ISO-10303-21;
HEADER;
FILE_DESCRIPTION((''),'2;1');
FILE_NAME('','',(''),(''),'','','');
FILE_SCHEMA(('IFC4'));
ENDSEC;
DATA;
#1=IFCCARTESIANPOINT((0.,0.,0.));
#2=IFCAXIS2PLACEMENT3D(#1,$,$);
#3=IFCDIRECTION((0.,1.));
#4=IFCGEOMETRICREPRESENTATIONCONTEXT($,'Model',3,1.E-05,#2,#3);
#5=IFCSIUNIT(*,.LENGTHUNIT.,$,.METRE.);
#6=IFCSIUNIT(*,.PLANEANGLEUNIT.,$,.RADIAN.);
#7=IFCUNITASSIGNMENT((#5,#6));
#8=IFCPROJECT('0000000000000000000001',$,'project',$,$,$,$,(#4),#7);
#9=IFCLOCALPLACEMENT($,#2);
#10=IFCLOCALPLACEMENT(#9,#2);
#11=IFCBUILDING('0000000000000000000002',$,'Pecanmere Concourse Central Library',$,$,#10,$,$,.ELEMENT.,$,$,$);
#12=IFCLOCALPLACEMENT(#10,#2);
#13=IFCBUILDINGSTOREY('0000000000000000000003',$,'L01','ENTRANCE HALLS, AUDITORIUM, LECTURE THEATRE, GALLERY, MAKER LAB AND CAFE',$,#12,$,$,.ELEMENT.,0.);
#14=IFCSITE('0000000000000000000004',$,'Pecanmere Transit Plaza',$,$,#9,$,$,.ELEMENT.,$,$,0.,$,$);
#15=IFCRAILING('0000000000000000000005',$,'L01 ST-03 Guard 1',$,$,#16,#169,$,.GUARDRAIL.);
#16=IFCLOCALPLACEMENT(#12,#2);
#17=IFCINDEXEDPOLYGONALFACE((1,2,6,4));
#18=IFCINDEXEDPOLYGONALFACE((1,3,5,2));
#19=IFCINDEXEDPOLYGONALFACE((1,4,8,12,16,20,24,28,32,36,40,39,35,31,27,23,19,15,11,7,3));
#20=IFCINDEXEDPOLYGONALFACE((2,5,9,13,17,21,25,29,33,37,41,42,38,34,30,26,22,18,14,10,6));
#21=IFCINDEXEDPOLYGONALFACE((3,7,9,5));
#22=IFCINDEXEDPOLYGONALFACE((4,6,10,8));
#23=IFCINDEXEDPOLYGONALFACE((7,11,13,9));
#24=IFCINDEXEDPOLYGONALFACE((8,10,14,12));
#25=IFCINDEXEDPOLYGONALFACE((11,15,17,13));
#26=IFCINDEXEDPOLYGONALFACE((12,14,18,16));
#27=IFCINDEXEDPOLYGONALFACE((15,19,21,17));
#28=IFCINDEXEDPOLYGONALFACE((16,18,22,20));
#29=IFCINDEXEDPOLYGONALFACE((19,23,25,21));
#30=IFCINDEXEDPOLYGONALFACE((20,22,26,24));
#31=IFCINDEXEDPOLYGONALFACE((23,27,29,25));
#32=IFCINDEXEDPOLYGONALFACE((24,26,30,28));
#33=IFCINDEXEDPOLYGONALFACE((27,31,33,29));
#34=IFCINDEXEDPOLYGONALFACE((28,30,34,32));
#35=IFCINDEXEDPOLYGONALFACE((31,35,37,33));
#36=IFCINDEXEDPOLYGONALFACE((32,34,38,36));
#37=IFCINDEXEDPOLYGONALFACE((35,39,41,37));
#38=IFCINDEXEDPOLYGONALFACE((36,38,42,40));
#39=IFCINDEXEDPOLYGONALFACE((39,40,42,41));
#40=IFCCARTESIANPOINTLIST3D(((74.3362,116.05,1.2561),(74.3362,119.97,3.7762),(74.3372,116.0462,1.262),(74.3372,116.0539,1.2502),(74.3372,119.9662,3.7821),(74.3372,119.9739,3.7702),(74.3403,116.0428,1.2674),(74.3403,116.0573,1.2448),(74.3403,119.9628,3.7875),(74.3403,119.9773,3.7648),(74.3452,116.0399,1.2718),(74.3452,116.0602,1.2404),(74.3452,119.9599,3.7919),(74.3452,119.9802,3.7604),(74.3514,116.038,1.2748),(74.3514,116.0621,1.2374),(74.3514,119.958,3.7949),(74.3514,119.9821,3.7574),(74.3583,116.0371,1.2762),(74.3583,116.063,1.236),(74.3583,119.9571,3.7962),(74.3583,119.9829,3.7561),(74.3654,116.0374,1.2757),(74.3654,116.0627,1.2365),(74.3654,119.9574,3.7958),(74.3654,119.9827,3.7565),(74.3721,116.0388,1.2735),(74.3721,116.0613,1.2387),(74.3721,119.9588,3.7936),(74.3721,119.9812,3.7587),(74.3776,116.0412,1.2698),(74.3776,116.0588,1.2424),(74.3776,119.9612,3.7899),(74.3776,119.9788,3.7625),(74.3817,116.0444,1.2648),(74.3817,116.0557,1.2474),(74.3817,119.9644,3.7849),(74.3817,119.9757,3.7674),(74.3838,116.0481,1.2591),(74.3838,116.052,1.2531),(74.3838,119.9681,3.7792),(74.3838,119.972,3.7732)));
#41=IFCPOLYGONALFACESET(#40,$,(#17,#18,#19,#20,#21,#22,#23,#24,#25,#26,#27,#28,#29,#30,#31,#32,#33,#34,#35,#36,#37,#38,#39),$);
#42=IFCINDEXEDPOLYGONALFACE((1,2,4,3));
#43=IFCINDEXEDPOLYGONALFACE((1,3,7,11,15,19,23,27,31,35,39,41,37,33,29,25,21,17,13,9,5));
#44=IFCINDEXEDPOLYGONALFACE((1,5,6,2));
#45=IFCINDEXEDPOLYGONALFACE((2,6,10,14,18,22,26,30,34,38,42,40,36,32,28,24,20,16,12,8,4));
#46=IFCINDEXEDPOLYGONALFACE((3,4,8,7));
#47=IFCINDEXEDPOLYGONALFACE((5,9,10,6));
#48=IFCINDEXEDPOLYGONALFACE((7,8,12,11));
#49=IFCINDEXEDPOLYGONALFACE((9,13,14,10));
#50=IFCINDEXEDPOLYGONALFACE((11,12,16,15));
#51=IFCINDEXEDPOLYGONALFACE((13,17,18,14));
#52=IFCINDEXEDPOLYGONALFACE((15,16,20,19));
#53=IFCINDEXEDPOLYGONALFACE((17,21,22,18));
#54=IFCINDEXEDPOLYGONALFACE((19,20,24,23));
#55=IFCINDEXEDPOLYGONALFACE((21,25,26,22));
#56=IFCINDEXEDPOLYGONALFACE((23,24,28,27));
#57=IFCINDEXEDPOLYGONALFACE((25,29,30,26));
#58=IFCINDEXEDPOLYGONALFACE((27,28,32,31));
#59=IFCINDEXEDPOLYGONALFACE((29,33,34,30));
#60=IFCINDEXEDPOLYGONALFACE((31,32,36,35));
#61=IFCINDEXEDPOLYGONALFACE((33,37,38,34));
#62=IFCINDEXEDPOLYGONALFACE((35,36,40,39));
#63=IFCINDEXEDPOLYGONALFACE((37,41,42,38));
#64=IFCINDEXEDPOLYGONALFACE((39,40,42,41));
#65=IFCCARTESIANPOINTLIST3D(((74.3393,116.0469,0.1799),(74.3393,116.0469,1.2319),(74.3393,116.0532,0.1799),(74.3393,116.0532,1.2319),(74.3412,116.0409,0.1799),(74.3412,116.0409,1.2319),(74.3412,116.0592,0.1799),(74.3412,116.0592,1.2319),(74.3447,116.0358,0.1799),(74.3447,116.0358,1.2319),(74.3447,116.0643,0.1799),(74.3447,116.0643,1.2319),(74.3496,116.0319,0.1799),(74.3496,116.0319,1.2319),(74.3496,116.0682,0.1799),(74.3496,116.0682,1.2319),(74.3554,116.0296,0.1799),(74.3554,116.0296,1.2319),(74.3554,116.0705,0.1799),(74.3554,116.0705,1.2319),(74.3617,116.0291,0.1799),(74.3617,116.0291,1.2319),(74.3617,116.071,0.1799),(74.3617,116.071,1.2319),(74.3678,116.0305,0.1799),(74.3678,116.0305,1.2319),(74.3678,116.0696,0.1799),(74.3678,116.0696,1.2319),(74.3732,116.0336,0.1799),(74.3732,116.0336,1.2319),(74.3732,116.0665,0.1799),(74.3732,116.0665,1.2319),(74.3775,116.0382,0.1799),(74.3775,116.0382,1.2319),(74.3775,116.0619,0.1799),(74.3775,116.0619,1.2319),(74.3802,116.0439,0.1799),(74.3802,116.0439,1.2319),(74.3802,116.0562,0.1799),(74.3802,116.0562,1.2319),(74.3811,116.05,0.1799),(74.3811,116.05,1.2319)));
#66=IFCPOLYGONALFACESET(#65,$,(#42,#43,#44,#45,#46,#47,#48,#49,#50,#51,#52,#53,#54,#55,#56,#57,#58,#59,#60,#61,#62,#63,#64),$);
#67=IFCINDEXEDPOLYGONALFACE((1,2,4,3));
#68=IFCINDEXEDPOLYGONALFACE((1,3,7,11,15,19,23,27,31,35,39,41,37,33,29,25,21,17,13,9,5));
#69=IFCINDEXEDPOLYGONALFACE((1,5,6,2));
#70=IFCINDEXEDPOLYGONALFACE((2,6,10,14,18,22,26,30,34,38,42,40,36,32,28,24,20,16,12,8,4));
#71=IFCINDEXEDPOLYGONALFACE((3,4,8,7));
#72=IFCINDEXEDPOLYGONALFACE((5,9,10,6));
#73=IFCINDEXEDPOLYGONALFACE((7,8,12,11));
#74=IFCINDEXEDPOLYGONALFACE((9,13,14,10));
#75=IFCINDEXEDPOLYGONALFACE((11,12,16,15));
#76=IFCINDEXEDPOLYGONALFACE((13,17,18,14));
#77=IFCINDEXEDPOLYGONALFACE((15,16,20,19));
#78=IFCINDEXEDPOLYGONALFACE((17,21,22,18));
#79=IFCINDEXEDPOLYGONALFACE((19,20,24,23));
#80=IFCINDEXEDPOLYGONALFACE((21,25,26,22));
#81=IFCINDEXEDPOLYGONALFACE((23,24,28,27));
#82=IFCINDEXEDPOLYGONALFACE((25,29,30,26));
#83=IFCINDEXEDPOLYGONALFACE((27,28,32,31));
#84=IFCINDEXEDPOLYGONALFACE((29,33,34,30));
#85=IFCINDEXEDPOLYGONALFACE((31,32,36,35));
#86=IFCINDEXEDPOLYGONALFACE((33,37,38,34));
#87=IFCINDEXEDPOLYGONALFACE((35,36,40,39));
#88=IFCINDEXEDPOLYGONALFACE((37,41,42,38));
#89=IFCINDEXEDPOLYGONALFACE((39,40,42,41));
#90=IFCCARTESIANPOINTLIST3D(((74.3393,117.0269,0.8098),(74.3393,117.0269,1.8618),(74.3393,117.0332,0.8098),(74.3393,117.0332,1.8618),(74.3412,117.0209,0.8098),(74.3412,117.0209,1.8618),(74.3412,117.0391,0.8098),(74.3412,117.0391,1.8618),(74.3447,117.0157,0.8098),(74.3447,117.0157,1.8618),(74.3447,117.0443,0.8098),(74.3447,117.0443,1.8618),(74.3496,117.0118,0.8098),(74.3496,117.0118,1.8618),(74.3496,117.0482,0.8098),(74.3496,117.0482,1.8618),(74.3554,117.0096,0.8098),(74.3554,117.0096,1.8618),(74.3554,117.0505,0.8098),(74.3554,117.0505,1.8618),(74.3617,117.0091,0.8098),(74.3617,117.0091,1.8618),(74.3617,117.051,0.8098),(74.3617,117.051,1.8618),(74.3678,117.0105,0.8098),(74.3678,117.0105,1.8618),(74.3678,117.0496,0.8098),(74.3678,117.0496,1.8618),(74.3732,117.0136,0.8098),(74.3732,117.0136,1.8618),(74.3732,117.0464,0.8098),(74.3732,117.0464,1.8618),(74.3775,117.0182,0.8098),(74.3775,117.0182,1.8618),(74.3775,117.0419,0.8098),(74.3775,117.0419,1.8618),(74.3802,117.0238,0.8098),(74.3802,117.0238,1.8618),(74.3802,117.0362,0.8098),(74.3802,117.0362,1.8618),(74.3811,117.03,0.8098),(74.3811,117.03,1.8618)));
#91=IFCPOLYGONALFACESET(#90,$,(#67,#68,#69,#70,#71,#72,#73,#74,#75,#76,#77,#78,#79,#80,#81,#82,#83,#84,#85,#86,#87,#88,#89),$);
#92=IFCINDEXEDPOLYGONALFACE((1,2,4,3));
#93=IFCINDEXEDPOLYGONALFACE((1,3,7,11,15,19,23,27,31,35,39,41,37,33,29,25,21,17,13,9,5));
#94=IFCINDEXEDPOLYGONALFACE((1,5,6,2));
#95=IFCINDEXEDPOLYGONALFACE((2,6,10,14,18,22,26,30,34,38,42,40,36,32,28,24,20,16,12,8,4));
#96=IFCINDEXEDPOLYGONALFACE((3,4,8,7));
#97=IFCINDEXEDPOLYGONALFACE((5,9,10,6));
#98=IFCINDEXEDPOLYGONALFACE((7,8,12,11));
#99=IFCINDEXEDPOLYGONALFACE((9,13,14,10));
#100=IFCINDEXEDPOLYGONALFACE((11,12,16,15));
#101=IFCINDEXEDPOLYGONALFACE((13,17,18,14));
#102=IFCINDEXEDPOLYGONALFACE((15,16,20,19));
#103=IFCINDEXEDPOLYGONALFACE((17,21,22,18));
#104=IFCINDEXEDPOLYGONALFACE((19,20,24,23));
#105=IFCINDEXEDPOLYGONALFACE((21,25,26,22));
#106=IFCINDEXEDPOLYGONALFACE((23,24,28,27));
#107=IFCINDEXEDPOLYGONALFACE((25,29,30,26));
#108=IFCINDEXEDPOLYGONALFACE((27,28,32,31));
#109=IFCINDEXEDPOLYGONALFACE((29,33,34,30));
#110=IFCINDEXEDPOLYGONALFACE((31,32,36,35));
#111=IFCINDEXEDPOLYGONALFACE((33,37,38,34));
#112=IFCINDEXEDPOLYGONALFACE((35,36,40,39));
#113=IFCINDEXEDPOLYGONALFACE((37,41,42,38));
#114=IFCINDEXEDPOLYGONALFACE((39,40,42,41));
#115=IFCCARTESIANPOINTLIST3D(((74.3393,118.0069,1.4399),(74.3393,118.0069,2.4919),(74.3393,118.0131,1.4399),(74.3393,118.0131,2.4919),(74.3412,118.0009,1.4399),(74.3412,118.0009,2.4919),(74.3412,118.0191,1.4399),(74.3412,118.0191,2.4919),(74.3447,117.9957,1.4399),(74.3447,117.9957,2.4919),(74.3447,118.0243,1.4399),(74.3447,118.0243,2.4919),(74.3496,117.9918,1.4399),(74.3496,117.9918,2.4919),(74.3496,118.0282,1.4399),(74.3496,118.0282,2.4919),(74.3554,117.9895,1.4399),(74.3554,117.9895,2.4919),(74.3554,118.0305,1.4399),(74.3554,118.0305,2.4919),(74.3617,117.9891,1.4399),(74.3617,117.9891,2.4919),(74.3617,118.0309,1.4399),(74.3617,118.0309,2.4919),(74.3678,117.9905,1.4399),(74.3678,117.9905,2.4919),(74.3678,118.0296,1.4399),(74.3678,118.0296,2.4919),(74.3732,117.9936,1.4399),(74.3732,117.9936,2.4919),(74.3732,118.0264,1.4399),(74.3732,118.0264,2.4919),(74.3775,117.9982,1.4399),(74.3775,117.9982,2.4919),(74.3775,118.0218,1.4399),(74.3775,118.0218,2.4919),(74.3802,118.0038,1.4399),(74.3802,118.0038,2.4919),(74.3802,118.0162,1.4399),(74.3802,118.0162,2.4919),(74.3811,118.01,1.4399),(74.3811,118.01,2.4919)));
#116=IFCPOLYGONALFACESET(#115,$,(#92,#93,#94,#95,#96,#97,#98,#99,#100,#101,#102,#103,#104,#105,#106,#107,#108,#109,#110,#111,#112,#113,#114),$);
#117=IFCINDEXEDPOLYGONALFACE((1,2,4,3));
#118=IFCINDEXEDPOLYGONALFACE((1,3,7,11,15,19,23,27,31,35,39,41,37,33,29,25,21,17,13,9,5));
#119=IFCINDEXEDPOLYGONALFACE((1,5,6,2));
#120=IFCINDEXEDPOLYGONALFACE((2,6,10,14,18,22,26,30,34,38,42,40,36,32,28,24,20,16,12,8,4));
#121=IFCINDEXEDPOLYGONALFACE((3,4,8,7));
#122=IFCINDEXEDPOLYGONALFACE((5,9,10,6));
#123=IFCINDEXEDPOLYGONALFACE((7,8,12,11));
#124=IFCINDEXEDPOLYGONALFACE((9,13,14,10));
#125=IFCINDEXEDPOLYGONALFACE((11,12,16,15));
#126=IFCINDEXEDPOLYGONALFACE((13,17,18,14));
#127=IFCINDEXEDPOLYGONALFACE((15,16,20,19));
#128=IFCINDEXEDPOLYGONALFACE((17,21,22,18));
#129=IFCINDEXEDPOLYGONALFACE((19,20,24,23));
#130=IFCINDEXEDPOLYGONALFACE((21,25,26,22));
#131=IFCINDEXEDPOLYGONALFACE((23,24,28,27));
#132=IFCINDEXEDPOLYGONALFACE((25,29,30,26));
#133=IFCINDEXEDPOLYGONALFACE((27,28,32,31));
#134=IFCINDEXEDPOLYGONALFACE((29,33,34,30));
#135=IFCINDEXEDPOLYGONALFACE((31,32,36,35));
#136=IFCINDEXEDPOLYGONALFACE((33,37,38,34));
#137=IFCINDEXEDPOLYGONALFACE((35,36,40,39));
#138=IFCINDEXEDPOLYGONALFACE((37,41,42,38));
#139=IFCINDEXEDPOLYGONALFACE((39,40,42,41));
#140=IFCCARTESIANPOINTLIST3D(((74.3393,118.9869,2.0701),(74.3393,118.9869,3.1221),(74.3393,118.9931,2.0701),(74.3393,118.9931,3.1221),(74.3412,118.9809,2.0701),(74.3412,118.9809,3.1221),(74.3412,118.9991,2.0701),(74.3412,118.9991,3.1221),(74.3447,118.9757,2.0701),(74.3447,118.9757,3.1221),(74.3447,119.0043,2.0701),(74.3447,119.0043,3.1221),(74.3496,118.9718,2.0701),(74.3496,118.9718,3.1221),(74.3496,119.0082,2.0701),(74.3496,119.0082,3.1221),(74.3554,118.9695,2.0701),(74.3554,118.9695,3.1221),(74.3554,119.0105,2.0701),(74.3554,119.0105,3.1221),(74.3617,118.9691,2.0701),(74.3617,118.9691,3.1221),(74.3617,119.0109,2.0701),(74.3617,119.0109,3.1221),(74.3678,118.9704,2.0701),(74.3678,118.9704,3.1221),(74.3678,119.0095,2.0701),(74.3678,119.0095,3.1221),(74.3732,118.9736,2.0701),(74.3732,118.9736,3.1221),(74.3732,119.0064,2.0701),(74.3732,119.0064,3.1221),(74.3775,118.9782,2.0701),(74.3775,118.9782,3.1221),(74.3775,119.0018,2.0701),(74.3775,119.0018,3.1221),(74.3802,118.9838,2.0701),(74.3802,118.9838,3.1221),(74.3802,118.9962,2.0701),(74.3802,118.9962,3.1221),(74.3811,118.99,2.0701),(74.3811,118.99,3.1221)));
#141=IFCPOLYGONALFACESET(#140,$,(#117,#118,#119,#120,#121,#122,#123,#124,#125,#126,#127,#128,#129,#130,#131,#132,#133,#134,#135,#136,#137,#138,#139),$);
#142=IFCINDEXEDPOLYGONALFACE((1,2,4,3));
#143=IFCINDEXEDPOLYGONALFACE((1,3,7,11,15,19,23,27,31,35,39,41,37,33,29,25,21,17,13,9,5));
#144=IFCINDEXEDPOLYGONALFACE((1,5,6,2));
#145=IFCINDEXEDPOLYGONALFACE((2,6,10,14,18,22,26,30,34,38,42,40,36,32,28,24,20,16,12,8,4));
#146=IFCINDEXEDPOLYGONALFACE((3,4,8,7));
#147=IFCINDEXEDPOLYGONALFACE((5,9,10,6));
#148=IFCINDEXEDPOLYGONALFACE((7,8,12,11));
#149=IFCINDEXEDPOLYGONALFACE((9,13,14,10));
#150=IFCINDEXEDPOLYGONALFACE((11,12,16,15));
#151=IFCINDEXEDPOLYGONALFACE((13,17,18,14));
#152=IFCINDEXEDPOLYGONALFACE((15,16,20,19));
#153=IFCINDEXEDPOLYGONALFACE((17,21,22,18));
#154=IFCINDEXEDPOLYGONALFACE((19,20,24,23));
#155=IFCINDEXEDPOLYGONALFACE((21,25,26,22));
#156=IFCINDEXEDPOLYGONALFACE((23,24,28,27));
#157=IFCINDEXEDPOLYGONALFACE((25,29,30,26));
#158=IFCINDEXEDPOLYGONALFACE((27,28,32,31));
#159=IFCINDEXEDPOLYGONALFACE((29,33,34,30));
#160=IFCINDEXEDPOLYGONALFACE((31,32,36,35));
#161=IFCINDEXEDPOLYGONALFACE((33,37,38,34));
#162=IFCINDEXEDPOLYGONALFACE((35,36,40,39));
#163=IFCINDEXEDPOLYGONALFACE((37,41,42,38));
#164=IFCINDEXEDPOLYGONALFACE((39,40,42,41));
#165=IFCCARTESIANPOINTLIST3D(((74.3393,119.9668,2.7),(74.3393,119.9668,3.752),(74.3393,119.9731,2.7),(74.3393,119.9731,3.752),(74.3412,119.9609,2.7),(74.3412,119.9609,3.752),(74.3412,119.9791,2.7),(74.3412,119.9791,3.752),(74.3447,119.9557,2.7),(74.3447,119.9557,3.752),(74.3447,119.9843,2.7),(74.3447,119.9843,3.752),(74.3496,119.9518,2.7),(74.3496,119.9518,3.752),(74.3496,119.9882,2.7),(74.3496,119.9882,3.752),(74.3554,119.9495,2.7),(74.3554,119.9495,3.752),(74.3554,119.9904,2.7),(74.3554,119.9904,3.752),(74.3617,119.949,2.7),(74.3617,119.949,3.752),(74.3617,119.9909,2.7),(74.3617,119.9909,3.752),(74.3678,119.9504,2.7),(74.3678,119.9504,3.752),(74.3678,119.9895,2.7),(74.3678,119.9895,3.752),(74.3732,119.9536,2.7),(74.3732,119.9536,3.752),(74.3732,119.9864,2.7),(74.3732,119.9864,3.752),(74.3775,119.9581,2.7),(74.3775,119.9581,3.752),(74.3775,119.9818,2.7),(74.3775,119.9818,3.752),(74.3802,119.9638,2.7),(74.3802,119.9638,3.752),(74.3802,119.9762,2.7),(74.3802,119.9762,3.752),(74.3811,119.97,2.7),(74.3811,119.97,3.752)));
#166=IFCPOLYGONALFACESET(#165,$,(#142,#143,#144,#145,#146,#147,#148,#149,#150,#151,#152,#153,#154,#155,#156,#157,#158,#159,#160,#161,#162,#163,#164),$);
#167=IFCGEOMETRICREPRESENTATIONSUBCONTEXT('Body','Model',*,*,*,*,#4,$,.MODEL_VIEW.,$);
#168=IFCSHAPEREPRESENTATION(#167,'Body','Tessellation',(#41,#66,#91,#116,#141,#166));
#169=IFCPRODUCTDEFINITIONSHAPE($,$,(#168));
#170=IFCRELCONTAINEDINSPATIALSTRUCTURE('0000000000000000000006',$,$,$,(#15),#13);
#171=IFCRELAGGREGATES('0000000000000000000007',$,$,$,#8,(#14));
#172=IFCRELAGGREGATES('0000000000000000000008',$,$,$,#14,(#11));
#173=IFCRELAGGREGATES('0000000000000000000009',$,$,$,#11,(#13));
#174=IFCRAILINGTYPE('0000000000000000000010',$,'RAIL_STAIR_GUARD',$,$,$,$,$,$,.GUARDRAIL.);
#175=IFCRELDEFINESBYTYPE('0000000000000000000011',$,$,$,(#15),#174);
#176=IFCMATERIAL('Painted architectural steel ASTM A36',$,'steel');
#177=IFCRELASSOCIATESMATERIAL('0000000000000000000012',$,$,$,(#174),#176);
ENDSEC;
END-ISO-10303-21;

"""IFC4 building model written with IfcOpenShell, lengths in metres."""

from ifc_helpers import new_model, si_unit, direction, frame, origin, origin_2d, place, context, subcontext, project, spatial, circle, extrude, material, type_object, element, save


model = new_model("IFC4")

# Units and contexts
model_context = context("Model", 3, precision=1e-05, world=origin(), true_north=direction((0.0, 1.0)))
body_context = subcontext(model_context, "Body", "Model", "MODEL_VIEW")
ifc_project = project(units=[si_unit("LENGTHUNIT", "METRE"), si_unit("PLANEANGLEUNIT", "RADIAN")], contexts=[model_context])

# Site, building, storey
site_placement = place(None, origin())
site = spatial("IfcSite", under=ifc_project, at=site_placement, Name="Pecanmere Transit Plaza", CompositionType="ELEMENT", RefElevation=0.0)
building_placement = place(site_placement, origin())
building = spatial("IfcBuilding", under=site, at=building_placement, Name="Pecanmere Concourse Central Library", CompositionType="ELEMENT")
storey_placement = place(building_placement, origin())
storey = spatial("IfcBuildingStorey", under=building, at=storey_placement, Name="L01", Description="ENTRANCE HALLS, AUDITORIUM, LECTURE THEATRE, GALLERY, MAKER LAB AND CAFE", CompositionType="ELEMENT", Elevation=0.0)

# Railing
ifc_material_1 = material(Name="Painted architectural steel ASTM A36", Category="steel")
railing_type = type_object("IfcRailingType", Name="RAIL_STAIR_GUARD", PredefinedType="GUARDRAIL", material=ifc_material_1)
railing_1_placement = place(storey_placement, frame((74.3601, 116.05, 0.1799)))
element("IfcRailing", 1, at=railing_1_placement, inside=storey, type_object=railing_type, Name="L01 ST-03 Guard 1", PredefinedType="GUARDRAIL", context=body_context, shape_type="SweptSolid", body=[
    extrude(circle(Radius=0.0239, at=origin_2d()), frame((0.0, 0.0, 1.0762), z_axis=(0.0, 0.841172, 0.540768), x_axis=(-1.0, 0.0, 0.0)), (0.0, 0.0, 1.0), 4.6602),
    extrude(circle(Radius=0.021, at=origin_2d()), origin(), (0.0, 0.0, 1.0), 1.052),
    extrude(circle(Radius=0.021, at=origin_2d()), frame((0.0, 0.98, 0.6299)), (0.0, 0.0, 1.0), 1.052),
    extrude(circle(Radius=0.021, at=origin_2d()), frame((0.0, 1.96, 1.26)), (0.0, 0.0, 1.0), 1.052),
    extrude(circle(Radius=0.021, at=origin_2d()), frame((0.0, 2.9399, 1.8901)), (0.0, 0.0, 1.0), 1.052),
    extrude(circle(Radius=0.021, at=origin_2d()), frame((0.0, 3.9199, 2.52)), (0.0, 0.0, 1.0), 1.052),
])

save(model, "model.ifc")
